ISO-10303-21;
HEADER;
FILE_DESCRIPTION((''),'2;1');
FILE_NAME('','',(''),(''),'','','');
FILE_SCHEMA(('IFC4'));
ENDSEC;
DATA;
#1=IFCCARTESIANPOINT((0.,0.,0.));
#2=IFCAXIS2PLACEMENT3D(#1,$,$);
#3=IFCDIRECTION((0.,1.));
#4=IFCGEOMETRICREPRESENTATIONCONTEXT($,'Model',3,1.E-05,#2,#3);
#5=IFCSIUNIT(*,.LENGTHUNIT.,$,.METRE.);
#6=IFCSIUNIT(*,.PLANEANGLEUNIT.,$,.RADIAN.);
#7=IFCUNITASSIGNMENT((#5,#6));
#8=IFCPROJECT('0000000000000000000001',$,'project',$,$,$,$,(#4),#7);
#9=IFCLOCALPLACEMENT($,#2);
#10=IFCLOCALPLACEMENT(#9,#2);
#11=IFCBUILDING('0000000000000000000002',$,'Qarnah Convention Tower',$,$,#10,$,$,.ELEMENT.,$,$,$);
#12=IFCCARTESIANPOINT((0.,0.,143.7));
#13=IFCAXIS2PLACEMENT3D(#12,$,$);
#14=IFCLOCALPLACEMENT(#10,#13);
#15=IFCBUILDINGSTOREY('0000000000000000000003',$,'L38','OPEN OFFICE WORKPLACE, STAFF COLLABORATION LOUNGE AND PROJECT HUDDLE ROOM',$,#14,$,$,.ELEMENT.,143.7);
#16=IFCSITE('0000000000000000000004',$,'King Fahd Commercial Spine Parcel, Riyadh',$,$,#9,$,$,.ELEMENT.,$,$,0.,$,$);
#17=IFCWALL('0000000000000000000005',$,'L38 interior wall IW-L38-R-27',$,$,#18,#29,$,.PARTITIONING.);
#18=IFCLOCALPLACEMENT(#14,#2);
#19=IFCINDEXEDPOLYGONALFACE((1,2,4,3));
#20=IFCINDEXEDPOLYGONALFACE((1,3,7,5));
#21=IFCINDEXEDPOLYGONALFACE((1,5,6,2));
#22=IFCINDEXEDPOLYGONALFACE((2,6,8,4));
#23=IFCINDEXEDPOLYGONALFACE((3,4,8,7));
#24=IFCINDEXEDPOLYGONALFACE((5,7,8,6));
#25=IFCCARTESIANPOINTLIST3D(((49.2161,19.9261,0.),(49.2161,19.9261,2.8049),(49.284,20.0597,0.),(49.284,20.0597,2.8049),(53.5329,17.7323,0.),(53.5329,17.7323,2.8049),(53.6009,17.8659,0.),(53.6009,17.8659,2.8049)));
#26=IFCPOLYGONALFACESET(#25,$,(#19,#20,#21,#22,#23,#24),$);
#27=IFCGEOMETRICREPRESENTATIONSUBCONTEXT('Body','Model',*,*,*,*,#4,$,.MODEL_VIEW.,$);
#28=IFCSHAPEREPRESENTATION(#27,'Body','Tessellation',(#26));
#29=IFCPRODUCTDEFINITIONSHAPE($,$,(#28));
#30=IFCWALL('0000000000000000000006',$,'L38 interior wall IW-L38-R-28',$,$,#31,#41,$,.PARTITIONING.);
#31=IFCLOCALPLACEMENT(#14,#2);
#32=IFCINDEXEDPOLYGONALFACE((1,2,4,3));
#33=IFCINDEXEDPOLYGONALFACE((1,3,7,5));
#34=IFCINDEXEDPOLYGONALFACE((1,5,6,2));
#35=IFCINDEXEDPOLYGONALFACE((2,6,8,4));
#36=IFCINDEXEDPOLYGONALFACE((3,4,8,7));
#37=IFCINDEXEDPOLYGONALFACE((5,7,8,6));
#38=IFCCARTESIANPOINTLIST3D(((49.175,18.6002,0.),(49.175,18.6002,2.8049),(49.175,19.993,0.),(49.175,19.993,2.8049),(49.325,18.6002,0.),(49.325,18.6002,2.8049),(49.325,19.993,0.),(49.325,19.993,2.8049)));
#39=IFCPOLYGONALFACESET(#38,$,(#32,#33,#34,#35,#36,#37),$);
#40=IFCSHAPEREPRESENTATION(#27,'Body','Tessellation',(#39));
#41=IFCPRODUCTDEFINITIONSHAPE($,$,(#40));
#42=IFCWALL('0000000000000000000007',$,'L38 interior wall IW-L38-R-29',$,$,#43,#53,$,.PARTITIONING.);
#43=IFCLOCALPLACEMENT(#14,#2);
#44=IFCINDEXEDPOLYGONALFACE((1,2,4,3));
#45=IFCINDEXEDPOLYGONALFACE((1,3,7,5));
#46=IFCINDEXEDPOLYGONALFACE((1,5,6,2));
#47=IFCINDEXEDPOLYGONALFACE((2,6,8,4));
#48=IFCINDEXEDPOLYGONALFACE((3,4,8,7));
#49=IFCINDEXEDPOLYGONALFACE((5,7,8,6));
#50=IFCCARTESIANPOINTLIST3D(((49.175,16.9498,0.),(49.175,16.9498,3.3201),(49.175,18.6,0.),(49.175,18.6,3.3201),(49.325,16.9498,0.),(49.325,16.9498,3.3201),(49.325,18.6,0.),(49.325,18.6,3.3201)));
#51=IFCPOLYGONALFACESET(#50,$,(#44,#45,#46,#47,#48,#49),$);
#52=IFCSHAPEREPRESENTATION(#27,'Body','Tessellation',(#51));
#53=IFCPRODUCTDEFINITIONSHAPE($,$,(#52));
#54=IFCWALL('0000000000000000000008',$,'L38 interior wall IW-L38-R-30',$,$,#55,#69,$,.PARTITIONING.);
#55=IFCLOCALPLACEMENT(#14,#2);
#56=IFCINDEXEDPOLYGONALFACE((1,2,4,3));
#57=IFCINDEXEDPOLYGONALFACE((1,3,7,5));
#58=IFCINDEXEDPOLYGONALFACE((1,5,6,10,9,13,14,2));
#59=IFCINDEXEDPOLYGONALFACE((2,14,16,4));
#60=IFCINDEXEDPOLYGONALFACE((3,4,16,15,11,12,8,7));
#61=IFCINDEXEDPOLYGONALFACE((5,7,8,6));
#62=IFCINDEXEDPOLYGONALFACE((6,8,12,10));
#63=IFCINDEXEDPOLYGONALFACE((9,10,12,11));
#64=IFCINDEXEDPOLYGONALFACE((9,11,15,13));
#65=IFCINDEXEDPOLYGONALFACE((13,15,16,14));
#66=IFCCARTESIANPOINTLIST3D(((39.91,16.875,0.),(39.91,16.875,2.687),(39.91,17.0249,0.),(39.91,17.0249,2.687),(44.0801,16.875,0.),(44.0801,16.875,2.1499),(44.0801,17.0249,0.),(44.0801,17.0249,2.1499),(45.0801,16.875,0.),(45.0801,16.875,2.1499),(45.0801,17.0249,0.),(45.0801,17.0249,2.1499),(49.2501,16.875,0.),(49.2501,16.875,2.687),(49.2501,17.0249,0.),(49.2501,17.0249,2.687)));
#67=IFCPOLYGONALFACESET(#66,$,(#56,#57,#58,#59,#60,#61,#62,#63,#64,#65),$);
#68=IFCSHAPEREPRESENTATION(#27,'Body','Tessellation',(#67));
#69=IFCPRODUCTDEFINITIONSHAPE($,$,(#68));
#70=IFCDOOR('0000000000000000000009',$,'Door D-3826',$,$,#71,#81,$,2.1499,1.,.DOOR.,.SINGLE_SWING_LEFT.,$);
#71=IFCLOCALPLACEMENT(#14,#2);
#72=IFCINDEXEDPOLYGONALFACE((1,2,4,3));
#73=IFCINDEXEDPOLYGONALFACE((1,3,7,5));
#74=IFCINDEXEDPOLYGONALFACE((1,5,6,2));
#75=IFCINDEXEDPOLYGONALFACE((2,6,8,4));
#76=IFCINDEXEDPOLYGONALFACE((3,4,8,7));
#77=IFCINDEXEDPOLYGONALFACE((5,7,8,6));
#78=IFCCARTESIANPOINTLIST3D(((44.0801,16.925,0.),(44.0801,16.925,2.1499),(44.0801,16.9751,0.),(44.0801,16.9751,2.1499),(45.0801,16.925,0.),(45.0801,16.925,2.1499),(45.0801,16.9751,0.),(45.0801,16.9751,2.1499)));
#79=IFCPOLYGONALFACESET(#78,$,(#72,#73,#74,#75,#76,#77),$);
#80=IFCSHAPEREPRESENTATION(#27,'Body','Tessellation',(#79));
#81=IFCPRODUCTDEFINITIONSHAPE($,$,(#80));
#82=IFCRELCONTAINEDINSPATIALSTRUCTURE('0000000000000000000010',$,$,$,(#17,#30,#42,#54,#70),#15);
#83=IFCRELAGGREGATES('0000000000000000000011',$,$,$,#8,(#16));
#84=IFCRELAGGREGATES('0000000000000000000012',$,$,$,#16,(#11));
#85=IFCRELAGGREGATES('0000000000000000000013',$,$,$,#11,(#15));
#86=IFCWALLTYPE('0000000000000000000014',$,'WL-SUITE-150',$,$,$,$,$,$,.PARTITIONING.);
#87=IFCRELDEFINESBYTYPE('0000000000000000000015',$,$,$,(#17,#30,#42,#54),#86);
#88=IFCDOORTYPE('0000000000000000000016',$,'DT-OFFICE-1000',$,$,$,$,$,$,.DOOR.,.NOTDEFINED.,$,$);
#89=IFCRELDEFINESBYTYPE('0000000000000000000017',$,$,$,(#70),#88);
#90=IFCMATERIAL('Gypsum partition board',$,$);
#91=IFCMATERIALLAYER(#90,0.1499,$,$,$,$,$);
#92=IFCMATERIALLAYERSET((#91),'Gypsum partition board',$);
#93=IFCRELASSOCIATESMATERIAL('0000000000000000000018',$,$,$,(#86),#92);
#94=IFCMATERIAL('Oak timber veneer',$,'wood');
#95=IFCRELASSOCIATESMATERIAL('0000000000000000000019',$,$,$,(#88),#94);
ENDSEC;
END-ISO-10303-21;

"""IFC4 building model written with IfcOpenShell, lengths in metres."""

from ifc_helpers import new_model, si_unit, direction, frame, frame_2d, origin, place, context, subcontext, project, spatial, rectangle, extrude, material, layer, layer_set, type_object, element, fill, save


model = new_model("IFC4")

# Units and contexts
model_context = context("Model", 3, precision=1e-05, world=origin(), true_north=direction((0.0, 1.0)))
body_context = subcontext(model_context, "Body", "Model", "MODEL_VIEW")
ifc_project = project(units=[si_unit("LENGTHUNIT", "METRE"), si_unit("PLANEANGLEUNIT", "RADIAN")], contexts=[model_context])

# Site, building, storey
site_placement = place(None, origin())
site = spatial("IfcSite", under=ifc_project, at=site_placement, Name="King Fahd Commercial Spine Parcel, Riyadh", CompositionType="ELEMENT", RefElevation=0.0)
building_placement = place(site_placement, origin())
building = spatial("IfcBuilding", under=site, at=building_placement, Name="Qarnah Convention Tower", CompositionType="ELEMENT")
storey_placement = place(building_placement, frame((0.0, 0.0, 143.7)))
storey = spatial("IfcBuildingStorey", under=building, at=storey_placement, Name="L38", Description="OPEN OFFICE WORKPLACE, STAFF COLLABORATION LOUNGE AND PROJECT HUDDLE ROOM", CompositionType="ELEMENT", Elevation=143.7)

# Shared definitions
ifc_material_1 = material(Name="Gypsum partition board")
ifc_layer_1 = layer(ifc_material_1, 0.1499)
ifc_layer_set_1 = layer_set([ifc_layer_1], Name="Gypsum partition board")
wall_type_1 = type_object("IfcWallType", Name="WL-SUITE-150", PredefinedType="PARTITIONING", material=ifc_layer_set_1)
ifc_material_2 = material(Name="Oak timber veneer", Category="wood")
door_type_1 = type_object("IfcDoorType", Name="DT-OFFICE-1000", OperationType="NOTDEFINED", PredefinedType="DOOR", material=ifc_material_2)

# Walls
wall_1_placement = place(storey_placement, frame((53.5669, 17.7991, 0.0), z_axis=(0.0, 0.0, 1.0), x_axis=(-0.891484, 0.453052, 0.0)))
element("IfcWall", 1, at=wall_1_placement, inside=storey, type_object=wall_type_1, Name="L38 interior wall IW-L38-R-27", PredefinedType="PARTITIONING", context=body_context, shape_type="SweptSolid", body=[
    extrude(rectangle(XDim=4.8423, YDim=0.1499, at=frame_2d((2.4211, 0.0))), origin(), (0.0, 0.0, 1.0), 2.8049),
])
wall_2_placement = place(storey_placement, frame((49.25, 19.9929, 0.0), z_axis=(0.0, 0.0, 1.0), x_axis=(0.0, -1.0, 0.0)))
element("IfcWall", 2, at=wall_2_placement, inside=storey, type_object=wall_type_1, Name="L38 interior wall IW-L38-R-28", PredefinedType="PARTITIONING", context=body_context, shape_type="SweptSolid", body=[
    extrude(rectangle(XDim=1.3928, YDim=0.1499, at=frame_2d((0.6963, 0.0))), origin(), (0.0, 0.0, 1.0), 2.8049),
])
wall_3_placement = place(storey_placement, frame((49.25, 18.6001, 0.0), z_axis=(0.0, 0.0, 1.0), x_axis=(0.0, -1.0, 0.0)))
element("IfcWall", 3, at=wall_3_placement, inside=storey, type_object=wall_type_1, Name="L38 interior wall IW-L38-R-29", PredefinedType="PARTITIONING", context=body_context, shape_type="SweptSolid", body=[
    extrude(rectangle(XDim=1.6501, YDim=0.1499, at=frame_2d((0.8252, 0.0))), origin(), (0.0, 0.0, 1.0), 3.3201),
])

# Wall, opening, door
wall_4_placement = place(storey_placement, frame((49.25, 16.95, 0.0), z_axis=(0.0, 0.0, 1.0), x_axis=(-1.0, 0.0, 0.0)))
wall_4 = element("IfcWall", 4, at=wall_4_placement, inside=storey, type_object=wall_type_1, Name="L38 interior wall IW-L38-R-30", PredefinedType="PARTITIONING", context=body_context, shape_type="SweptSolid", body=[
    extrude(rectangle(XDim=9.3401, YDim=0.1499, at=frame_2d((4.6699, 0.0))), origin(), (0.0, 0.0, 1.0), 2.687),
])
opening_1_placement = place(wall_4_placement, frame((4.1699, 0.0, 0.0)))
opening_1 = element("IfcOpeningElement", 5, at=opening_1_placement, cuts=wall_4, PredefinedType="OPENING", context=body_context, shape_type="SweptSolid", body=[
    extrude(rectangle(XDim=1.0, YDim=2.1499, at=frame_2d((0.5, 1.075))), frame((0.0, 0.085, 0.0), z_axis=(0.0, -1.0, 0.0), x_axis=(1.0, 0.0, 0.0)), (0.0, 0.0, 1.0), 0.1699),
])
door_1_placement = place(opening_1_placement, origin())
door_1 = element("IfcDoor", 6, at=door_1_placement, inside=storey, type_object=door_type_1, Name="Door D-3826", OperationType="SINGLE_SWING_LEFT", OverallHeight=2.1499, OverallWidth=1.0, PredefinedType="DOOR", context=body_context, shape_type="SweptSolid", body=[
    extrude(rectangle(XDim=1.0, YDim=2.1499, at=frame_2d((0.5, 1.075))), frame((0.0, 0.0249, 0.0), z_axis=(0.0, -1.0, 0.0), x_axis=(1.0, 0.0, 0.0)), (0.0, 0.0, 1.0), 0.05),
])
fill(opening_1, door_1)

save(model, "model.ifc")
